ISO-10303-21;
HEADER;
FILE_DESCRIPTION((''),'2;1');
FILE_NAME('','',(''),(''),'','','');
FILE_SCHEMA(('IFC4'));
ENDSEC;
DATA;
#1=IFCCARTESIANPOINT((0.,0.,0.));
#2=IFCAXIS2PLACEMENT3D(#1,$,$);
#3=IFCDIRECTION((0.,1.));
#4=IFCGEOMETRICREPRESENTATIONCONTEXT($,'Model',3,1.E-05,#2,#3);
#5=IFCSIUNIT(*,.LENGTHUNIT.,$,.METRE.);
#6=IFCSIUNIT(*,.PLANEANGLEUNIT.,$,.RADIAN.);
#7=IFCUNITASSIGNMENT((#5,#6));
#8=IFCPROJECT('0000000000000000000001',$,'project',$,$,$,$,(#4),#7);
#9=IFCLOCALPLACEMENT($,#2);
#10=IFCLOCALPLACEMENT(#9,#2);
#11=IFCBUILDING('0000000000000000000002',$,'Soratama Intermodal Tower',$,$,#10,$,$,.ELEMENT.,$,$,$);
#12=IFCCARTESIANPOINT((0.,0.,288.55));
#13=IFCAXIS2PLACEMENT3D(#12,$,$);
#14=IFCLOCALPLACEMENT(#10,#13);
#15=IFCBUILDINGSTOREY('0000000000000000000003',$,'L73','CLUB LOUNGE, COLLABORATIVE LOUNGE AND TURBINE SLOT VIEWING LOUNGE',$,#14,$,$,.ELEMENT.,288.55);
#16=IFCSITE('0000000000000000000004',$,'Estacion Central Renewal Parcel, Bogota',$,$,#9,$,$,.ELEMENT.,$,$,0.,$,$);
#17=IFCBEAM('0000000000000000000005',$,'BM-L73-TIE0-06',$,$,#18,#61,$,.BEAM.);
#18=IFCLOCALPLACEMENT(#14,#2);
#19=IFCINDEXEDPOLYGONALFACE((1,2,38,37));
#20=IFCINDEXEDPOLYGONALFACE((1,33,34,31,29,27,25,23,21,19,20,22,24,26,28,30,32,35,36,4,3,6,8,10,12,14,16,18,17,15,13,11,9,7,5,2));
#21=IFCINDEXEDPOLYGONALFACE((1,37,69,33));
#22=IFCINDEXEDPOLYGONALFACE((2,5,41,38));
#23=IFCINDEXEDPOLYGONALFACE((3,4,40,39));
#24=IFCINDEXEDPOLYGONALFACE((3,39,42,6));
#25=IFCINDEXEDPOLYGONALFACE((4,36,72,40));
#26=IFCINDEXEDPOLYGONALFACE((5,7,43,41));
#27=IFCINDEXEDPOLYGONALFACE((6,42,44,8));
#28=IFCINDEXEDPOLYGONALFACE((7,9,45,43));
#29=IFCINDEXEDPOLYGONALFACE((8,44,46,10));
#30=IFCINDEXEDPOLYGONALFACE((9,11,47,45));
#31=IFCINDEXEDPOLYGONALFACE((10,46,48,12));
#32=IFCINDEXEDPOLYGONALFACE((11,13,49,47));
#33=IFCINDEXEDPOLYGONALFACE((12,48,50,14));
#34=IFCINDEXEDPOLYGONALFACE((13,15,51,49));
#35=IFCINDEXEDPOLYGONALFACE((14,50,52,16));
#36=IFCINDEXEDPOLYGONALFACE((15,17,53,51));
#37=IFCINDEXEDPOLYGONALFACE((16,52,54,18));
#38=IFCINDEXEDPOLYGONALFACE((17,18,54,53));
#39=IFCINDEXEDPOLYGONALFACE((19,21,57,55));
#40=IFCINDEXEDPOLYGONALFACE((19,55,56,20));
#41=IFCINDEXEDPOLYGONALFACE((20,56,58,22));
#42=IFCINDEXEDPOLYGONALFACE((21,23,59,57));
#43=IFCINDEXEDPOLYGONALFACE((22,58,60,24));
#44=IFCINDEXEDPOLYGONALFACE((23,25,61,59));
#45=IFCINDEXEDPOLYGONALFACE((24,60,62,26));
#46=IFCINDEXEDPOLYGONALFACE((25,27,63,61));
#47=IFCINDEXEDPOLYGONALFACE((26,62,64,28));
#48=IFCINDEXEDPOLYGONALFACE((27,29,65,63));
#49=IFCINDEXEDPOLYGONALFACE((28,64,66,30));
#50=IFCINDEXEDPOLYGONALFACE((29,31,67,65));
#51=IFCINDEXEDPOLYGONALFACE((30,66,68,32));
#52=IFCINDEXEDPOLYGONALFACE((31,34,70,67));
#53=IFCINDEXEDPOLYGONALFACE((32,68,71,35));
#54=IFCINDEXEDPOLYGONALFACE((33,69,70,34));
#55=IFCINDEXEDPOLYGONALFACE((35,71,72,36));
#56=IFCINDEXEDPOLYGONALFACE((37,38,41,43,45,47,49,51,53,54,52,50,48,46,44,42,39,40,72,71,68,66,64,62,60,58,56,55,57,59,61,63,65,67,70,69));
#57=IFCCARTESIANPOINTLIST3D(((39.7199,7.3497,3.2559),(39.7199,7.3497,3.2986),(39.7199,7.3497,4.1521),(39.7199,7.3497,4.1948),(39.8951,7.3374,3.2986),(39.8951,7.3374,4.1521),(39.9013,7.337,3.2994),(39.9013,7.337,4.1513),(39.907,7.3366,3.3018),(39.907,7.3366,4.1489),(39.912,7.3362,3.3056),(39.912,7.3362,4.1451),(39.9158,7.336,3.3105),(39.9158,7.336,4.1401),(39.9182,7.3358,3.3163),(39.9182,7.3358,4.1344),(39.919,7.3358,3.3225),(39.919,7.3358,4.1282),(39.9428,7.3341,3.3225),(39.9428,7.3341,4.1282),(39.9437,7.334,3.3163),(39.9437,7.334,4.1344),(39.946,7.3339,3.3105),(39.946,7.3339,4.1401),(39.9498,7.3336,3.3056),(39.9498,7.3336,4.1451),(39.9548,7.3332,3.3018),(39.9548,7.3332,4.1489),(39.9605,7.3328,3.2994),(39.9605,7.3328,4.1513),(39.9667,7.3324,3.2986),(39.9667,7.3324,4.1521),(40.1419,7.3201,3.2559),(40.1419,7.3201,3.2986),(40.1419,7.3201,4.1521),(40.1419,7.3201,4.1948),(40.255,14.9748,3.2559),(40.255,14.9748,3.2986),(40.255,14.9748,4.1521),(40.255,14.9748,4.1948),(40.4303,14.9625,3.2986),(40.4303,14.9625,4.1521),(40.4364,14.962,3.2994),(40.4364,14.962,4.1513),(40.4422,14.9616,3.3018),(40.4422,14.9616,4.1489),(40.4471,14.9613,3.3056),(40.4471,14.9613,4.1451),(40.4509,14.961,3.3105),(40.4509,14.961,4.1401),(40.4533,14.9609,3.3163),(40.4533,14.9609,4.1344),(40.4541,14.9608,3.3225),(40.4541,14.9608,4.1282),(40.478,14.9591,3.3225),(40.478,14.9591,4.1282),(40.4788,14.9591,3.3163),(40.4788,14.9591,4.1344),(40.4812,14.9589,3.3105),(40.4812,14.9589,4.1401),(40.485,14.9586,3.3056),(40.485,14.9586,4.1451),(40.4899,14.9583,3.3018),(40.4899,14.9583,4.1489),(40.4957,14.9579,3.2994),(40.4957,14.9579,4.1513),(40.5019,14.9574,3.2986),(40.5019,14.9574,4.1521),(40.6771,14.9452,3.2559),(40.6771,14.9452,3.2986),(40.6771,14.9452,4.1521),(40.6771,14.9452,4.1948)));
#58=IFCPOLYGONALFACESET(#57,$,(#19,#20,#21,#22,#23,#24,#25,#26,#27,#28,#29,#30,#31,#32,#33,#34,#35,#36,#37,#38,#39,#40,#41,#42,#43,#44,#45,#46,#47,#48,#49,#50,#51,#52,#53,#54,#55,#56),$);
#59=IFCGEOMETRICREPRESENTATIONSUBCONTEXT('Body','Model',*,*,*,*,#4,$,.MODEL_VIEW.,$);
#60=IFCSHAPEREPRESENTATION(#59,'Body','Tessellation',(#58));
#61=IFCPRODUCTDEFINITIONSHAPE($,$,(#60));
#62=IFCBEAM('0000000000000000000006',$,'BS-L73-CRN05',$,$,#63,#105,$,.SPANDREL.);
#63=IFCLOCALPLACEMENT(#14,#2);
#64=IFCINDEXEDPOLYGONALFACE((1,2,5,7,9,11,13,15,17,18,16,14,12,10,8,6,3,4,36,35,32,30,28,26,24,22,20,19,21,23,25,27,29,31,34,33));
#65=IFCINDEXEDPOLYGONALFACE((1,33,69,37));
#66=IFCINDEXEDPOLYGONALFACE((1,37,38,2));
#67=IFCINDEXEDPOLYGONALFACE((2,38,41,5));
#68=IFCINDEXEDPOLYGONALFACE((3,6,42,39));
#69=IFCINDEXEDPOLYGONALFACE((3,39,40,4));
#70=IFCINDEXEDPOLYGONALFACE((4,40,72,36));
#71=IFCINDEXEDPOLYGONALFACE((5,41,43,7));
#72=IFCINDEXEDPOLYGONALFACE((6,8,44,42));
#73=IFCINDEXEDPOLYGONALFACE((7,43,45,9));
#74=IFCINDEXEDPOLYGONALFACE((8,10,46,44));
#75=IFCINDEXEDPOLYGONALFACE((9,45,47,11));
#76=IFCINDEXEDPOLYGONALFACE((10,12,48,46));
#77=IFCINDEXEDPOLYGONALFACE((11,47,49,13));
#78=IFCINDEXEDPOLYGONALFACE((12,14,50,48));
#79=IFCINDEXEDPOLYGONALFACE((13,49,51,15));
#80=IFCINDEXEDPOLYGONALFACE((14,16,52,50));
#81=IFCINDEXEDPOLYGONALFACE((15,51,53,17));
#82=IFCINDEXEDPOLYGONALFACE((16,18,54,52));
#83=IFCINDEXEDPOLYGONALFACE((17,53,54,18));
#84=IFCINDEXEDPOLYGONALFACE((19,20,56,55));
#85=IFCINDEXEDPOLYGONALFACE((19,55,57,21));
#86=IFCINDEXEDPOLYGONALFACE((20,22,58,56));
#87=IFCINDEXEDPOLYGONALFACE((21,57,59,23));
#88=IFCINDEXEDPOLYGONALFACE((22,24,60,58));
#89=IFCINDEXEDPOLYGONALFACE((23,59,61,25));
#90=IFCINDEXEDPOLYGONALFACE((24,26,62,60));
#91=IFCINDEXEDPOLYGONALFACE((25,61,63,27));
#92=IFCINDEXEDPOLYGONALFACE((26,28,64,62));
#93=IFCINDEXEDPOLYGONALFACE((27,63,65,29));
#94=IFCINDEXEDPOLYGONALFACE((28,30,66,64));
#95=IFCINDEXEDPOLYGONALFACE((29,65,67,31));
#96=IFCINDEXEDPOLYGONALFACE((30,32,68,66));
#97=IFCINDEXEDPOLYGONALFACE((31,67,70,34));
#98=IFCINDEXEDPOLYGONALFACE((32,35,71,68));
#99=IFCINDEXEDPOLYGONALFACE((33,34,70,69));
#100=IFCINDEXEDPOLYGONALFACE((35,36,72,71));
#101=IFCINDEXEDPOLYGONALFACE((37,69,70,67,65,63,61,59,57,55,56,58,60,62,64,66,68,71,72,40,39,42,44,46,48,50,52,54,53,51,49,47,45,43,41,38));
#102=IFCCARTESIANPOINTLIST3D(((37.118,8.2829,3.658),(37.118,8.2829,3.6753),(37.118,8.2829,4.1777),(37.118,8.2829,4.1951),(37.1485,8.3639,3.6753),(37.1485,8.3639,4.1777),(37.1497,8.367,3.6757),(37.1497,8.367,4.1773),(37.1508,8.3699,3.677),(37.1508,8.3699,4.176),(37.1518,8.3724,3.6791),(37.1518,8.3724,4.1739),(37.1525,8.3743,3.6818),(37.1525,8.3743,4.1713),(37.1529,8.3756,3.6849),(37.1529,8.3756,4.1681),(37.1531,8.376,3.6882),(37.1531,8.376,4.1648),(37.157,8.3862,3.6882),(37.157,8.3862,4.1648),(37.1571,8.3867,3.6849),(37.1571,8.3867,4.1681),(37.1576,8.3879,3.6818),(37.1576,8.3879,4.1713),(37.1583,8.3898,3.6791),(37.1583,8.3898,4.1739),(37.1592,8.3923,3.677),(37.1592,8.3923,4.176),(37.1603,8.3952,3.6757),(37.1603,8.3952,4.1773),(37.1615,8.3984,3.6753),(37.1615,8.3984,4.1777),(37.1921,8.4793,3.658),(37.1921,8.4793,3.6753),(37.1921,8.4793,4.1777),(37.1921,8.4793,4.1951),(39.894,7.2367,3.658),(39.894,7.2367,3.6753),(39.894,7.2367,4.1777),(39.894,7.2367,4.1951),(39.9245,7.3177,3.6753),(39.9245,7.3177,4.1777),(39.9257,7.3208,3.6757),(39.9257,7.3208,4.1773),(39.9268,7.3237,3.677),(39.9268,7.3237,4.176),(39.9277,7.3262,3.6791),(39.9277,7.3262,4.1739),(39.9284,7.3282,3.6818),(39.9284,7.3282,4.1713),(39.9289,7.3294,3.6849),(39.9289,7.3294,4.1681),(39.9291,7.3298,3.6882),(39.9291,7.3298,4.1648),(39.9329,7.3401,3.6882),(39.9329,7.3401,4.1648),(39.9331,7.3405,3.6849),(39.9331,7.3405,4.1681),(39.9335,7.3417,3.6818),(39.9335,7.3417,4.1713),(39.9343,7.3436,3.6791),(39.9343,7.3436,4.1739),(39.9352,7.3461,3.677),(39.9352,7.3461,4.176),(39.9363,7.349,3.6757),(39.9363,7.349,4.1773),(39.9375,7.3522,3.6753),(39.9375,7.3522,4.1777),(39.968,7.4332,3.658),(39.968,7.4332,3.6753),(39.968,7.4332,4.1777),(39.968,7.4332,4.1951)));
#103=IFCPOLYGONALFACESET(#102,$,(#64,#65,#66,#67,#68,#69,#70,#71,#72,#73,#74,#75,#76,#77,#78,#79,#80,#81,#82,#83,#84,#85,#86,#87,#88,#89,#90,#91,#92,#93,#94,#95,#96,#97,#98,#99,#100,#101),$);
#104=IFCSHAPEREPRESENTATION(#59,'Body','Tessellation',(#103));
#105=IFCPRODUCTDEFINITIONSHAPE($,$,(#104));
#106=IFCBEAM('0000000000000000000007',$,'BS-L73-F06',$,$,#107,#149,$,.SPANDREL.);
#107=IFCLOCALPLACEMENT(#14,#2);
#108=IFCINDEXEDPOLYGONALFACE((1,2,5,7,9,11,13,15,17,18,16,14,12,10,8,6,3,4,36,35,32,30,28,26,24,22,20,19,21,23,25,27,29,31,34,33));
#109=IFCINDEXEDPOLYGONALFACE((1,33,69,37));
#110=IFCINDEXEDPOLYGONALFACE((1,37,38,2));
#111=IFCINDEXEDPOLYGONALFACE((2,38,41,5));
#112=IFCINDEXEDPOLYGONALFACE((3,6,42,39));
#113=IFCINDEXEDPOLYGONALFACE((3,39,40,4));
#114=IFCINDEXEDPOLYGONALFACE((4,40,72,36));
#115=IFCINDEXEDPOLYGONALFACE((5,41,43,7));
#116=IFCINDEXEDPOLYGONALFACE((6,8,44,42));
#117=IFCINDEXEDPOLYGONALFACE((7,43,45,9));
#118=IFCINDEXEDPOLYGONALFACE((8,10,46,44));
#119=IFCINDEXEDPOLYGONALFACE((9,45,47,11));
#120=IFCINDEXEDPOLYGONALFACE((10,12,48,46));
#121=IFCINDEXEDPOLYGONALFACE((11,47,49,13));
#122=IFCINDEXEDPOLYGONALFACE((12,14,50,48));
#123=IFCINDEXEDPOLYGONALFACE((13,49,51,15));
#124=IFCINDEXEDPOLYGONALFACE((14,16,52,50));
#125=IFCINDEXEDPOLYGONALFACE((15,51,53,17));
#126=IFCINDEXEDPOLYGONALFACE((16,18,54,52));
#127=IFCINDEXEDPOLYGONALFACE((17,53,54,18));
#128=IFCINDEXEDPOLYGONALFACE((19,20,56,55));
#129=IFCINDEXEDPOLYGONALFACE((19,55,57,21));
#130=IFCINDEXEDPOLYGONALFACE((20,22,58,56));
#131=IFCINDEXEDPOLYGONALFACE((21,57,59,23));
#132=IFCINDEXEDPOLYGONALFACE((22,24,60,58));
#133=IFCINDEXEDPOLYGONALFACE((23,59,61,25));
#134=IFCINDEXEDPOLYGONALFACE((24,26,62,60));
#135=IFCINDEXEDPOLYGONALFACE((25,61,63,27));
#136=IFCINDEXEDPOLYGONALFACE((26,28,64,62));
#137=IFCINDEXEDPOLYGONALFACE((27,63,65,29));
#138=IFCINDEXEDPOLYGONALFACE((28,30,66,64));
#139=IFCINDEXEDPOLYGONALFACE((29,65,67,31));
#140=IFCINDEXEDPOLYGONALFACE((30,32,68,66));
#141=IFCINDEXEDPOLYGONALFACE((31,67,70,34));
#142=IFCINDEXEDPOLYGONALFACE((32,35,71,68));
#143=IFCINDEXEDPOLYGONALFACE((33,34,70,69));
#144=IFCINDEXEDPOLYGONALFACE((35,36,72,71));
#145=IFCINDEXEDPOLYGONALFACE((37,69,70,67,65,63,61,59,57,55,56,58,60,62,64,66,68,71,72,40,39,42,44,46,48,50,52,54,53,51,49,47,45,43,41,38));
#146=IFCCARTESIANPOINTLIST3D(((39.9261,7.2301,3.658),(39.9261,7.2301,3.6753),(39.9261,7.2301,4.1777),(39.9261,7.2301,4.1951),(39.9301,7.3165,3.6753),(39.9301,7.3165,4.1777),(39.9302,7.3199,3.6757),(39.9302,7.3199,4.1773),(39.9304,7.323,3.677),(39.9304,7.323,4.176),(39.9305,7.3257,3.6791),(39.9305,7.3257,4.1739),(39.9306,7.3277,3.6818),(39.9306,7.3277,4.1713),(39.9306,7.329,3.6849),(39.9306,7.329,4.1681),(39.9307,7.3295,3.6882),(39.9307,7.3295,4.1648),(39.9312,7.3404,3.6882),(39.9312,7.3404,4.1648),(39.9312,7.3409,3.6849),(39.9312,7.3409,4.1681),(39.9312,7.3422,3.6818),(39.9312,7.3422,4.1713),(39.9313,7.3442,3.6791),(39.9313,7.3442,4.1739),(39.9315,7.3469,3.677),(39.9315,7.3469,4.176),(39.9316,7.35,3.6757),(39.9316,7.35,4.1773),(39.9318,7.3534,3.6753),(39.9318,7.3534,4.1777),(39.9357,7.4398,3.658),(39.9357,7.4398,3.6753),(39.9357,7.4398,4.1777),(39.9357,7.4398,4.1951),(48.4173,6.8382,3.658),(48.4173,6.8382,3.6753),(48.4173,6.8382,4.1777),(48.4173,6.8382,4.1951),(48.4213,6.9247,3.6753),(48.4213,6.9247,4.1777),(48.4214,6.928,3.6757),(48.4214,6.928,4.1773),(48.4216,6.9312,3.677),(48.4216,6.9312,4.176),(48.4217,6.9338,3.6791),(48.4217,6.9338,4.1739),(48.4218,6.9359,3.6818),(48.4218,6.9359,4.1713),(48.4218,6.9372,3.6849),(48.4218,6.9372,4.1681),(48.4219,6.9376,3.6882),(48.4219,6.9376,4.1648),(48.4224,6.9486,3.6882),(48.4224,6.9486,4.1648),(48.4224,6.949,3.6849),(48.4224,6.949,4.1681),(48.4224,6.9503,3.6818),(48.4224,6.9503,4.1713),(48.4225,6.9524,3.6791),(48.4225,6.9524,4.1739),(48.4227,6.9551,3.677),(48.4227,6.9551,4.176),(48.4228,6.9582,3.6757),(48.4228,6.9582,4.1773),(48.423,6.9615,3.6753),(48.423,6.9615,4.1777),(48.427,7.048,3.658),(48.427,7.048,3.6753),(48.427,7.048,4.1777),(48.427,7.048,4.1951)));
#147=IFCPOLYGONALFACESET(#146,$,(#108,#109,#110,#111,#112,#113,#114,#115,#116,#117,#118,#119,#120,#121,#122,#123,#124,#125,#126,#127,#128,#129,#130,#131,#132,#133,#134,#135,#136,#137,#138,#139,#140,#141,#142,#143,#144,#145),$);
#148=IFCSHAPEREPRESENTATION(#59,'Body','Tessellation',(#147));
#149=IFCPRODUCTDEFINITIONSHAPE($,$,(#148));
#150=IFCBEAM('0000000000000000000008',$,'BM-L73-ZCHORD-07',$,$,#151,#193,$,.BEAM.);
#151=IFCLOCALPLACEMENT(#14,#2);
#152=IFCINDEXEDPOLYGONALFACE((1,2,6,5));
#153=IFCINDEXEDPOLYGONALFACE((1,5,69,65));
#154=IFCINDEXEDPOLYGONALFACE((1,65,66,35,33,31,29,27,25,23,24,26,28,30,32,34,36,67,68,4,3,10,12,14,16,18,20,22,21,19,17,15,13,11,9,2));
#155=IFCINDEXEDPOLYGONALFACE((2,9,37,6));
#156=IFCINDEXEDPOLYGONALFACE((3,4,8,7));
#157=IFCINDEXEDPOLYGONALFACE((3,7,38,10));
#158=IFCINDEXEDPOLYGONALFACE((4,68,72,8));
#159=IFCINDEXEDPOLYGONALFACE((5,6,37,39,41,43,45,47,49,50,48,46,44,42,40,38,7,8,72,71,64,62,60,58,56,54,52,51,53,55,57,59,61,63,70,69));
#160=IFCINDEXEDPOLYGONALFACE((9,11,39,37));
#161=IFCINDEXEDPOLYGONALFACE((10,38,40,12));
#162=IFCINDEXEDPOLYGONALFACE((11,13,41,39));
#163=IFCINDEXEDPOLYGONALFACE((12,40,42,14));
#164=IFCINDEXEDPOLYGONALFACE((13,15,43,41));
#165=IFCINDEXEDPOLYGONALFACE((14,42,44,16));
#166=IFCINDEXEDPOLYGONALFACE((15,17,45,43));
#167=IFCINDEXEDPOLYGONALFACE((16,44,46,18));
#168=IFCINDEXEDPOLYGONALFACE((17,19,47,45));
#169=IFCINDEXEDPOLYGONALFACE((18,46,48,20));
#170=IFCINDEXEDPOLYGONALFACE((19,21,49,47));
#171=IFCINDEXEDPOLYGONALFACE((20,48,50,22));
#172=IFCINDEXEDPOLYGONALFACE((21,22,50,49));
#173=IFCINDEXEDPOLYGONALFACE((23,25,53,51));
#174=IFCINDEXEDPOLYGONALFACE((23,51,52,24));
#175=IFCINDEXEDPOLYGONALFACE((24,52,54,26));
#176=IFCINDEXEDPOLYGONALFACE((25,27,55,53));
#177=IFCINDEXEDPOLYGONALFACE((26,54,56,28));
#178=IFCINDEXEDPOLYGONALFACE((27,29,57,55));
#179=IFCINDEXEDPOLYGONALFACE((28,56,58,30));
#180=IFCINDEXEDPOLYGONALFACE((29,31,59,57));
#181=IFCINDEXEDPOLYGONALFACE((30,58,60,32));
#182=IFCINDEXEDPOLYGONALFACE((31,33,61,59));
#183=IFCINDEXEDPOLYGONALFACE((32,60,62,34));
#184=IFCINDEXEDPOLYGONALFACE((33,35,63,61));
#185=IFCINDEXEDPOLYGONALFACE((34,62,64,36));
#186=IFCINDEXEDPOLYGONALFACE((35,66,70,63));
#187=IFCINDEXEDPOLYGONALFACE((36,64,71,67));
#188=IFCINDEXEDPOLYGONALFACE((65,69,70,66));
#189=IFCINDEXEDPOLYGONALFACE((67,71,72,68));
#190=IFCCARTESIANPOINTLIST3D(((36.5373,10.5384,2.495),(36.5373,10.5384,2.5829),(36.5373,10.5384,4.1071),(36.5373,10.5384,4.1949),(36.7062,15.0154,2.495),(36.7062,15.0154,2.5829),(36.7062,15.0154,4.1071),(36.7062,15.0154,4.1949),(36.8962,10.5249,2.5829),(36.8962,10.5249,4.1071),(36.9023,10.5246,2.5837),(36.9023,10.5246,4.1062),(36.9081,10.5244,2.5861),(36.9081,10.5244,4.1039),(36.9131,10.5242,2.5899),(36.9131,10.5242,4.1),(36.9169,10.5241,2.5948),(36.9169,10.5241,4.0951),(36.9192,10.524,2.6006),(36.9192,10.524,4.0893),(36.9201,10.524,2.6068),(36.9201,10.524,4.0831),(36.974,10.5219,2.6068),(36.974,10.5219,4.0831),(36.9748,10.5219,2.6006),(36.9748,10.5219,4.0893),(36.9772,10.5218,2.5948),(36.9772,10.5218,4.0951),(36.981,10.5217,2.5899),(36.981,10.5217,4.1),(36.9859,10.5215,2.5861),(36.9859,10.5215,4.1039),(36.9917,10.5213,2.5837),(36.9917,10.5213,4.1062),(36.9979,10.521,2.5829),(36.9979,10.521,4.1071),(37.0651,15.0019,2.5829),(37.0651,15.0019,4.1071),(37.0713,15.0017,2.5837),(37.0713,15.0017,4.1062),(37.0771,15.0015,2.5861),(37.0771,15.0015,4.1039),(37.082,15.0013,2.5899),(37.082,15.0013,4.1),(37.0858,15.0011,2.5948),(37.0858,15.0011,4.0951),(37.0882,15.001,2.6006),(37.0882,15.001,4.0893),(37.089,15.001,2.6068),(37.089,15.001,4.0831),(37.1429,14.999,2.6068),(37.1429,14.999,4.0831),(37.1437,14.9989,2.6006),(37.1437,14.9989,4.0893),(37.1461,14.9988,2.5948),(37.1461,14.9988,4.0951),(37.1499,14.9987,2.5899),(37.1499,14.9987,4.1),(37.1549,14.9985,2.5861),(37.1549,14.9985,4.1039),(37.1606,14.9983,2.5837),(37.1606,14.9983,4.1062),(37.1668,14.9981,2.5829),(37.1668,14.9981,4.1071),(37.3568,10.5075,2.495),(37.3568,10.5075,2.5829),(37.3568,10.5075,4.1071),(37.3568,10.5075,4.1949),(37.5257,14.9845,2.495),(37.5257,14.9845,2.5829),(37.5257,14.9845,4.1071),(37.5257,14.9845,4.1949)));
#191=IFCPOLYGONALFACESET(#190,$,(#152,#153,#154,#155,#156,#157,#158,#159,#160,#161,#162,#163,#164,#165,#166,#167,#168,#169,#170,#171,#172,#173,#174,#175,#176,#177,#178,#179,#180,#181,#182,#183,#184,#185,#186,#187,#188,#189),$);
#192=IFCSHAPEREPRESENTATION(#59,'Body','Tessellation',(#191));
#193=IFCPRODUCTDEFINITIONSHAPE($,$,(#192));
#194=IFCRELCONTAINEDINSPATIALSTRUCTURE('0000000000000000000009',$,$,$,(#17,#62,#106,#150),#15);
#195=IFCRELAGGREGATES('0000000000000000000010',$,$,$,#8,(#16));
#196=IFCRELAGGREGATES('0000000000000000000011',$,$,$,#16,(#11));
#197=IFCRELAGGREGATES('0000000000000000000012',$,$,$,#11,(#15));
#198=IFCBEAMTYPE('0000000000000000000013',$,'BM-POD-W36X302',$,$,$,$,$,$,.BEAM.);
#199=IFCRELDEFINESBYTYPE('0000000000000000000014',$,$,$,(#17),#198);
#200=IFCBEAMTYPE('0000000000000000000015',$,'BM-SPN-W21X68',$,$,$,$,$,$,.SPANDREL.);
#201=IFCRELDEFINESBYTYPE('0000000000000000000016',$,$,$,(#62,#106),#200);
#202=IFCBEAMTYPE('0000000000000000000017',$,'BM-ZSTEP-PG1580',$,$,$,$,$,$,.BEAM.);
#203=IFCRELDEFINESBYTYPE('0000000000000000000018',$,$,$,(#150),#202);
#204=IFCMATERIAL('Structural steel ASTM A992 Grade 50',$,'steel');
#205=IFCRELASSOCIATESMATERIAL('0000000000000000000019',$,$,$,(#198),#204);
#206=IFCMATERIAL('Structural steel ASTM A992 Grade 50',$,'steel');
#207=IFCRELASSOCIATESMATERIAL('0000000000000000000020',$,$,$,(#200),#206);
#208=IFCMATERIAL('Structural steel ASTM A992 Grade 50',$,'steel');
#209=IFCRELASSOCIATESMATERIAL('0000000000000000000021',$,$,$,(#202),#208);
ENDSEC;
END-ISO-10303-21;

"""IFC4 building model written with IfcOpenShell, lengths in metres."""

from ifc_helpers import new_model, si_unit, direction, frame, origin, origin_2d, place, context, subcontext, project, spatial, i_section, extrude, material, material_profile, profile_set, type_object, element, save


model = new_model("IFC4")

# Units and contexts
model_context = context("Model", 3, precision=1e-05, world=origin(), true_north=direction((0.0, 1.0)))
body_context = subcontext(model_context, "Body", "Model", "MODEL_VIEW")
ifc_project = project(units=[si_unit("LENGTHUNIT", "METRE"), si_unit("PLANEANGLEUNIT", "RADIAN")], contexts=[model_context])

# Site, building, storey
site_placement = place(None, origin())
site = spatial("IfcSite", under=ifc_project, at=site_placement, Name="Estacion Central Renewal Parcel, Bogota", CompositionType="ELEMENT", RefElevation=0.0)
building_placement = place(site_placement, origin())
building = spatial("IfcBuilding", under=site, at=building_placement, Name="Soratama Intermodal Tower", CompositionType="ELEMENT")
storey_placement = place(building_placement, frame((0.0, 0.0, 288.55)))
storey = spatial("IfcBuildingStorey", under=building, at=storey_placement, Name="L73", Description="CLUB LOUNGE, COLLABORATIVE LOUNGE AND TURBINE SLOT VIEWING LOUNGE", CompositionType="ELEMENT", Elevation=288.55)

# Beams
ifc_material_1 = material(Name="Structural steel ASTM A992 Grade 50", Category="steel")
ifc_material_profile_1 = material_profile(ifc_material_1, i_section(OverallWidth=0.4231, OverallDepth=0.939, WebThickness=0.0239, FlangeThickness=0.0427, FilletRadius=0.0239, at=origin_2d()), Name="W36X302")
ifc_profile_set_1 = profile_set([ifc_material_profile_1], Name="Structural steel ASTM A992 Grade 50")
beam_type_1 = type_object("IfcBeamType", Name="BM-POD-W36X302", PredefinedType="BEAM", material=ifc_profile_set_1)
beam_1_placement = place(storey_placement, frame((40.4661, 14.96, 3.7253), z_axis=(-0.070012, -0.997546, 0.0), x_axis=(0.997546, -0.070012, 0.0)))
element("IfcBeam", 1, at=beam_1_placement, inside=storey, type_object=beam_type_1, Name="BM-L73-TIE0-06", PredefinedType="BEAM", context=body_context, shape_type="SweptSolid", body=[
    extrude(i_section(OverallWidth=0.4231, OverallDepth=0.939, WebThickness=0.0239, FlangeThickness=0.0427, FilletRadius=0.0239, at=origin_2d()), origin(), (0.0, 0.0, 1.0), 7.6438),
])
ifc_material_2 = material(Name="Structural steel ASTM A992 Grade 50", Category="steel")
ifc_material_profile_2 = material_profile(ifc_material_2, i_section(OverallWidth=0.21, OverallDepth=0.5371, WebThickness=0.011, FlangeThickness=0.0173, FilletRadius=0.0129, at=origin_2d()), Name="W21X68")
ifc_profile_set_2 = profile_set([ifc_material_profile_2], Name="Structural steel ASTM A992 Grade 50")
beam_type_2 = type_object("IfcBeamType", Name="BM-SPN-W21X68", PredefinedType="SPANDREL", material=ifc_profile_set_2)
beam_2_placement = place(storey_placement, frame((37.155, 8.3811, 3.9265), z_axis=(0.935753, -0.352656, 0.0), x_axis=(0.352656, 0.935753, 0.0)))
element("IfcBeam", 2, at=beam_2_placement, inside=storey, type_object=beam_type_2, Name="BS-L73-CRN05", PredefinedType="SPANDREL", context=body_context, shape_type="SweptSolid", body=[
    extrude(i_section(OverallWidth=0.21, OverallDepth=0.5371, WebThickness=0.011, FlangeThickness=0.0173, FilletRadius=0.0129, at=origin_2d()), origin(), (0.0, 0.0, 1.0), 2.9666),
])
beam_3_placement = place(storey_placement, frame((39.9309, 7.335, 3.9265), z_axis=(0.998937, -0.046098, 0.0), x_axis=(0.046098, 0.998937, 0.0)))
element("IfcBeam", 3, at=beam_3_placement, inside=storey, type_object=beam_type_2, Name="BS-L73-F06", PredefinedType="SPANDREL", context=body_context, shape_type="SweptSolid", body=[
    extrude(i_section(OverallWidth=0.21, OverallDepth=0.5371, WebThickness=0.011, FlangeThickness=0.0173, FilletRadius=0.0129, at=origin_2d()), origin(), (0.0, 0.0, 1.0), 8.5002),
])
ifc_material_3 = material(Name="Structural steel ASTM A992 Grade 50", Category="steel")
ifc_material_profile_3 = material_profile(ifc_material_3, i_section(OverallWidth=0.8201, OverallDepth=1.7, WebThickness=0.054, FlangeThickness=0.0879, FilletRadius=0.0239, at=origin_2d()), Name="PG1580X800")
ifc_profile_set_3 = profile_set([ifc_material_profile_3], Name="Structural steel ASTM A992 Grade 50")
beam_type_3 = type_object("IfcBeamType", Name="BM-ZSTEP-PG1580", PredefinedType="BEAM", material=ifc_profile_set_3)
beam_4_placement = place(storey_placement, frame((36.947, 10.5229, 3.345), z_axis=(0.037709, 0.999289, 0.0), x_axis=(-0.999289, 0.037709, 0.0)))
element("IfcBeam", 4, at=beam_4_placement, inside=storey, type_object=beam_type_3, Name="BM-L73-ZCHORD-07", PredefinedType="BEAM", context=body_context, shape_type="SweptSolid", body=[
    extrude(i_section(OverallWidth=0.8201, OverallDepth=1.7, WebThickness=0.054, FlangeThickness=0.0879, FilletRadius=0.0239, at=origin_2d()), origin(), (0.0, 0.0, 1.0), 4.4802),
])

save(model, "model.ifc")
